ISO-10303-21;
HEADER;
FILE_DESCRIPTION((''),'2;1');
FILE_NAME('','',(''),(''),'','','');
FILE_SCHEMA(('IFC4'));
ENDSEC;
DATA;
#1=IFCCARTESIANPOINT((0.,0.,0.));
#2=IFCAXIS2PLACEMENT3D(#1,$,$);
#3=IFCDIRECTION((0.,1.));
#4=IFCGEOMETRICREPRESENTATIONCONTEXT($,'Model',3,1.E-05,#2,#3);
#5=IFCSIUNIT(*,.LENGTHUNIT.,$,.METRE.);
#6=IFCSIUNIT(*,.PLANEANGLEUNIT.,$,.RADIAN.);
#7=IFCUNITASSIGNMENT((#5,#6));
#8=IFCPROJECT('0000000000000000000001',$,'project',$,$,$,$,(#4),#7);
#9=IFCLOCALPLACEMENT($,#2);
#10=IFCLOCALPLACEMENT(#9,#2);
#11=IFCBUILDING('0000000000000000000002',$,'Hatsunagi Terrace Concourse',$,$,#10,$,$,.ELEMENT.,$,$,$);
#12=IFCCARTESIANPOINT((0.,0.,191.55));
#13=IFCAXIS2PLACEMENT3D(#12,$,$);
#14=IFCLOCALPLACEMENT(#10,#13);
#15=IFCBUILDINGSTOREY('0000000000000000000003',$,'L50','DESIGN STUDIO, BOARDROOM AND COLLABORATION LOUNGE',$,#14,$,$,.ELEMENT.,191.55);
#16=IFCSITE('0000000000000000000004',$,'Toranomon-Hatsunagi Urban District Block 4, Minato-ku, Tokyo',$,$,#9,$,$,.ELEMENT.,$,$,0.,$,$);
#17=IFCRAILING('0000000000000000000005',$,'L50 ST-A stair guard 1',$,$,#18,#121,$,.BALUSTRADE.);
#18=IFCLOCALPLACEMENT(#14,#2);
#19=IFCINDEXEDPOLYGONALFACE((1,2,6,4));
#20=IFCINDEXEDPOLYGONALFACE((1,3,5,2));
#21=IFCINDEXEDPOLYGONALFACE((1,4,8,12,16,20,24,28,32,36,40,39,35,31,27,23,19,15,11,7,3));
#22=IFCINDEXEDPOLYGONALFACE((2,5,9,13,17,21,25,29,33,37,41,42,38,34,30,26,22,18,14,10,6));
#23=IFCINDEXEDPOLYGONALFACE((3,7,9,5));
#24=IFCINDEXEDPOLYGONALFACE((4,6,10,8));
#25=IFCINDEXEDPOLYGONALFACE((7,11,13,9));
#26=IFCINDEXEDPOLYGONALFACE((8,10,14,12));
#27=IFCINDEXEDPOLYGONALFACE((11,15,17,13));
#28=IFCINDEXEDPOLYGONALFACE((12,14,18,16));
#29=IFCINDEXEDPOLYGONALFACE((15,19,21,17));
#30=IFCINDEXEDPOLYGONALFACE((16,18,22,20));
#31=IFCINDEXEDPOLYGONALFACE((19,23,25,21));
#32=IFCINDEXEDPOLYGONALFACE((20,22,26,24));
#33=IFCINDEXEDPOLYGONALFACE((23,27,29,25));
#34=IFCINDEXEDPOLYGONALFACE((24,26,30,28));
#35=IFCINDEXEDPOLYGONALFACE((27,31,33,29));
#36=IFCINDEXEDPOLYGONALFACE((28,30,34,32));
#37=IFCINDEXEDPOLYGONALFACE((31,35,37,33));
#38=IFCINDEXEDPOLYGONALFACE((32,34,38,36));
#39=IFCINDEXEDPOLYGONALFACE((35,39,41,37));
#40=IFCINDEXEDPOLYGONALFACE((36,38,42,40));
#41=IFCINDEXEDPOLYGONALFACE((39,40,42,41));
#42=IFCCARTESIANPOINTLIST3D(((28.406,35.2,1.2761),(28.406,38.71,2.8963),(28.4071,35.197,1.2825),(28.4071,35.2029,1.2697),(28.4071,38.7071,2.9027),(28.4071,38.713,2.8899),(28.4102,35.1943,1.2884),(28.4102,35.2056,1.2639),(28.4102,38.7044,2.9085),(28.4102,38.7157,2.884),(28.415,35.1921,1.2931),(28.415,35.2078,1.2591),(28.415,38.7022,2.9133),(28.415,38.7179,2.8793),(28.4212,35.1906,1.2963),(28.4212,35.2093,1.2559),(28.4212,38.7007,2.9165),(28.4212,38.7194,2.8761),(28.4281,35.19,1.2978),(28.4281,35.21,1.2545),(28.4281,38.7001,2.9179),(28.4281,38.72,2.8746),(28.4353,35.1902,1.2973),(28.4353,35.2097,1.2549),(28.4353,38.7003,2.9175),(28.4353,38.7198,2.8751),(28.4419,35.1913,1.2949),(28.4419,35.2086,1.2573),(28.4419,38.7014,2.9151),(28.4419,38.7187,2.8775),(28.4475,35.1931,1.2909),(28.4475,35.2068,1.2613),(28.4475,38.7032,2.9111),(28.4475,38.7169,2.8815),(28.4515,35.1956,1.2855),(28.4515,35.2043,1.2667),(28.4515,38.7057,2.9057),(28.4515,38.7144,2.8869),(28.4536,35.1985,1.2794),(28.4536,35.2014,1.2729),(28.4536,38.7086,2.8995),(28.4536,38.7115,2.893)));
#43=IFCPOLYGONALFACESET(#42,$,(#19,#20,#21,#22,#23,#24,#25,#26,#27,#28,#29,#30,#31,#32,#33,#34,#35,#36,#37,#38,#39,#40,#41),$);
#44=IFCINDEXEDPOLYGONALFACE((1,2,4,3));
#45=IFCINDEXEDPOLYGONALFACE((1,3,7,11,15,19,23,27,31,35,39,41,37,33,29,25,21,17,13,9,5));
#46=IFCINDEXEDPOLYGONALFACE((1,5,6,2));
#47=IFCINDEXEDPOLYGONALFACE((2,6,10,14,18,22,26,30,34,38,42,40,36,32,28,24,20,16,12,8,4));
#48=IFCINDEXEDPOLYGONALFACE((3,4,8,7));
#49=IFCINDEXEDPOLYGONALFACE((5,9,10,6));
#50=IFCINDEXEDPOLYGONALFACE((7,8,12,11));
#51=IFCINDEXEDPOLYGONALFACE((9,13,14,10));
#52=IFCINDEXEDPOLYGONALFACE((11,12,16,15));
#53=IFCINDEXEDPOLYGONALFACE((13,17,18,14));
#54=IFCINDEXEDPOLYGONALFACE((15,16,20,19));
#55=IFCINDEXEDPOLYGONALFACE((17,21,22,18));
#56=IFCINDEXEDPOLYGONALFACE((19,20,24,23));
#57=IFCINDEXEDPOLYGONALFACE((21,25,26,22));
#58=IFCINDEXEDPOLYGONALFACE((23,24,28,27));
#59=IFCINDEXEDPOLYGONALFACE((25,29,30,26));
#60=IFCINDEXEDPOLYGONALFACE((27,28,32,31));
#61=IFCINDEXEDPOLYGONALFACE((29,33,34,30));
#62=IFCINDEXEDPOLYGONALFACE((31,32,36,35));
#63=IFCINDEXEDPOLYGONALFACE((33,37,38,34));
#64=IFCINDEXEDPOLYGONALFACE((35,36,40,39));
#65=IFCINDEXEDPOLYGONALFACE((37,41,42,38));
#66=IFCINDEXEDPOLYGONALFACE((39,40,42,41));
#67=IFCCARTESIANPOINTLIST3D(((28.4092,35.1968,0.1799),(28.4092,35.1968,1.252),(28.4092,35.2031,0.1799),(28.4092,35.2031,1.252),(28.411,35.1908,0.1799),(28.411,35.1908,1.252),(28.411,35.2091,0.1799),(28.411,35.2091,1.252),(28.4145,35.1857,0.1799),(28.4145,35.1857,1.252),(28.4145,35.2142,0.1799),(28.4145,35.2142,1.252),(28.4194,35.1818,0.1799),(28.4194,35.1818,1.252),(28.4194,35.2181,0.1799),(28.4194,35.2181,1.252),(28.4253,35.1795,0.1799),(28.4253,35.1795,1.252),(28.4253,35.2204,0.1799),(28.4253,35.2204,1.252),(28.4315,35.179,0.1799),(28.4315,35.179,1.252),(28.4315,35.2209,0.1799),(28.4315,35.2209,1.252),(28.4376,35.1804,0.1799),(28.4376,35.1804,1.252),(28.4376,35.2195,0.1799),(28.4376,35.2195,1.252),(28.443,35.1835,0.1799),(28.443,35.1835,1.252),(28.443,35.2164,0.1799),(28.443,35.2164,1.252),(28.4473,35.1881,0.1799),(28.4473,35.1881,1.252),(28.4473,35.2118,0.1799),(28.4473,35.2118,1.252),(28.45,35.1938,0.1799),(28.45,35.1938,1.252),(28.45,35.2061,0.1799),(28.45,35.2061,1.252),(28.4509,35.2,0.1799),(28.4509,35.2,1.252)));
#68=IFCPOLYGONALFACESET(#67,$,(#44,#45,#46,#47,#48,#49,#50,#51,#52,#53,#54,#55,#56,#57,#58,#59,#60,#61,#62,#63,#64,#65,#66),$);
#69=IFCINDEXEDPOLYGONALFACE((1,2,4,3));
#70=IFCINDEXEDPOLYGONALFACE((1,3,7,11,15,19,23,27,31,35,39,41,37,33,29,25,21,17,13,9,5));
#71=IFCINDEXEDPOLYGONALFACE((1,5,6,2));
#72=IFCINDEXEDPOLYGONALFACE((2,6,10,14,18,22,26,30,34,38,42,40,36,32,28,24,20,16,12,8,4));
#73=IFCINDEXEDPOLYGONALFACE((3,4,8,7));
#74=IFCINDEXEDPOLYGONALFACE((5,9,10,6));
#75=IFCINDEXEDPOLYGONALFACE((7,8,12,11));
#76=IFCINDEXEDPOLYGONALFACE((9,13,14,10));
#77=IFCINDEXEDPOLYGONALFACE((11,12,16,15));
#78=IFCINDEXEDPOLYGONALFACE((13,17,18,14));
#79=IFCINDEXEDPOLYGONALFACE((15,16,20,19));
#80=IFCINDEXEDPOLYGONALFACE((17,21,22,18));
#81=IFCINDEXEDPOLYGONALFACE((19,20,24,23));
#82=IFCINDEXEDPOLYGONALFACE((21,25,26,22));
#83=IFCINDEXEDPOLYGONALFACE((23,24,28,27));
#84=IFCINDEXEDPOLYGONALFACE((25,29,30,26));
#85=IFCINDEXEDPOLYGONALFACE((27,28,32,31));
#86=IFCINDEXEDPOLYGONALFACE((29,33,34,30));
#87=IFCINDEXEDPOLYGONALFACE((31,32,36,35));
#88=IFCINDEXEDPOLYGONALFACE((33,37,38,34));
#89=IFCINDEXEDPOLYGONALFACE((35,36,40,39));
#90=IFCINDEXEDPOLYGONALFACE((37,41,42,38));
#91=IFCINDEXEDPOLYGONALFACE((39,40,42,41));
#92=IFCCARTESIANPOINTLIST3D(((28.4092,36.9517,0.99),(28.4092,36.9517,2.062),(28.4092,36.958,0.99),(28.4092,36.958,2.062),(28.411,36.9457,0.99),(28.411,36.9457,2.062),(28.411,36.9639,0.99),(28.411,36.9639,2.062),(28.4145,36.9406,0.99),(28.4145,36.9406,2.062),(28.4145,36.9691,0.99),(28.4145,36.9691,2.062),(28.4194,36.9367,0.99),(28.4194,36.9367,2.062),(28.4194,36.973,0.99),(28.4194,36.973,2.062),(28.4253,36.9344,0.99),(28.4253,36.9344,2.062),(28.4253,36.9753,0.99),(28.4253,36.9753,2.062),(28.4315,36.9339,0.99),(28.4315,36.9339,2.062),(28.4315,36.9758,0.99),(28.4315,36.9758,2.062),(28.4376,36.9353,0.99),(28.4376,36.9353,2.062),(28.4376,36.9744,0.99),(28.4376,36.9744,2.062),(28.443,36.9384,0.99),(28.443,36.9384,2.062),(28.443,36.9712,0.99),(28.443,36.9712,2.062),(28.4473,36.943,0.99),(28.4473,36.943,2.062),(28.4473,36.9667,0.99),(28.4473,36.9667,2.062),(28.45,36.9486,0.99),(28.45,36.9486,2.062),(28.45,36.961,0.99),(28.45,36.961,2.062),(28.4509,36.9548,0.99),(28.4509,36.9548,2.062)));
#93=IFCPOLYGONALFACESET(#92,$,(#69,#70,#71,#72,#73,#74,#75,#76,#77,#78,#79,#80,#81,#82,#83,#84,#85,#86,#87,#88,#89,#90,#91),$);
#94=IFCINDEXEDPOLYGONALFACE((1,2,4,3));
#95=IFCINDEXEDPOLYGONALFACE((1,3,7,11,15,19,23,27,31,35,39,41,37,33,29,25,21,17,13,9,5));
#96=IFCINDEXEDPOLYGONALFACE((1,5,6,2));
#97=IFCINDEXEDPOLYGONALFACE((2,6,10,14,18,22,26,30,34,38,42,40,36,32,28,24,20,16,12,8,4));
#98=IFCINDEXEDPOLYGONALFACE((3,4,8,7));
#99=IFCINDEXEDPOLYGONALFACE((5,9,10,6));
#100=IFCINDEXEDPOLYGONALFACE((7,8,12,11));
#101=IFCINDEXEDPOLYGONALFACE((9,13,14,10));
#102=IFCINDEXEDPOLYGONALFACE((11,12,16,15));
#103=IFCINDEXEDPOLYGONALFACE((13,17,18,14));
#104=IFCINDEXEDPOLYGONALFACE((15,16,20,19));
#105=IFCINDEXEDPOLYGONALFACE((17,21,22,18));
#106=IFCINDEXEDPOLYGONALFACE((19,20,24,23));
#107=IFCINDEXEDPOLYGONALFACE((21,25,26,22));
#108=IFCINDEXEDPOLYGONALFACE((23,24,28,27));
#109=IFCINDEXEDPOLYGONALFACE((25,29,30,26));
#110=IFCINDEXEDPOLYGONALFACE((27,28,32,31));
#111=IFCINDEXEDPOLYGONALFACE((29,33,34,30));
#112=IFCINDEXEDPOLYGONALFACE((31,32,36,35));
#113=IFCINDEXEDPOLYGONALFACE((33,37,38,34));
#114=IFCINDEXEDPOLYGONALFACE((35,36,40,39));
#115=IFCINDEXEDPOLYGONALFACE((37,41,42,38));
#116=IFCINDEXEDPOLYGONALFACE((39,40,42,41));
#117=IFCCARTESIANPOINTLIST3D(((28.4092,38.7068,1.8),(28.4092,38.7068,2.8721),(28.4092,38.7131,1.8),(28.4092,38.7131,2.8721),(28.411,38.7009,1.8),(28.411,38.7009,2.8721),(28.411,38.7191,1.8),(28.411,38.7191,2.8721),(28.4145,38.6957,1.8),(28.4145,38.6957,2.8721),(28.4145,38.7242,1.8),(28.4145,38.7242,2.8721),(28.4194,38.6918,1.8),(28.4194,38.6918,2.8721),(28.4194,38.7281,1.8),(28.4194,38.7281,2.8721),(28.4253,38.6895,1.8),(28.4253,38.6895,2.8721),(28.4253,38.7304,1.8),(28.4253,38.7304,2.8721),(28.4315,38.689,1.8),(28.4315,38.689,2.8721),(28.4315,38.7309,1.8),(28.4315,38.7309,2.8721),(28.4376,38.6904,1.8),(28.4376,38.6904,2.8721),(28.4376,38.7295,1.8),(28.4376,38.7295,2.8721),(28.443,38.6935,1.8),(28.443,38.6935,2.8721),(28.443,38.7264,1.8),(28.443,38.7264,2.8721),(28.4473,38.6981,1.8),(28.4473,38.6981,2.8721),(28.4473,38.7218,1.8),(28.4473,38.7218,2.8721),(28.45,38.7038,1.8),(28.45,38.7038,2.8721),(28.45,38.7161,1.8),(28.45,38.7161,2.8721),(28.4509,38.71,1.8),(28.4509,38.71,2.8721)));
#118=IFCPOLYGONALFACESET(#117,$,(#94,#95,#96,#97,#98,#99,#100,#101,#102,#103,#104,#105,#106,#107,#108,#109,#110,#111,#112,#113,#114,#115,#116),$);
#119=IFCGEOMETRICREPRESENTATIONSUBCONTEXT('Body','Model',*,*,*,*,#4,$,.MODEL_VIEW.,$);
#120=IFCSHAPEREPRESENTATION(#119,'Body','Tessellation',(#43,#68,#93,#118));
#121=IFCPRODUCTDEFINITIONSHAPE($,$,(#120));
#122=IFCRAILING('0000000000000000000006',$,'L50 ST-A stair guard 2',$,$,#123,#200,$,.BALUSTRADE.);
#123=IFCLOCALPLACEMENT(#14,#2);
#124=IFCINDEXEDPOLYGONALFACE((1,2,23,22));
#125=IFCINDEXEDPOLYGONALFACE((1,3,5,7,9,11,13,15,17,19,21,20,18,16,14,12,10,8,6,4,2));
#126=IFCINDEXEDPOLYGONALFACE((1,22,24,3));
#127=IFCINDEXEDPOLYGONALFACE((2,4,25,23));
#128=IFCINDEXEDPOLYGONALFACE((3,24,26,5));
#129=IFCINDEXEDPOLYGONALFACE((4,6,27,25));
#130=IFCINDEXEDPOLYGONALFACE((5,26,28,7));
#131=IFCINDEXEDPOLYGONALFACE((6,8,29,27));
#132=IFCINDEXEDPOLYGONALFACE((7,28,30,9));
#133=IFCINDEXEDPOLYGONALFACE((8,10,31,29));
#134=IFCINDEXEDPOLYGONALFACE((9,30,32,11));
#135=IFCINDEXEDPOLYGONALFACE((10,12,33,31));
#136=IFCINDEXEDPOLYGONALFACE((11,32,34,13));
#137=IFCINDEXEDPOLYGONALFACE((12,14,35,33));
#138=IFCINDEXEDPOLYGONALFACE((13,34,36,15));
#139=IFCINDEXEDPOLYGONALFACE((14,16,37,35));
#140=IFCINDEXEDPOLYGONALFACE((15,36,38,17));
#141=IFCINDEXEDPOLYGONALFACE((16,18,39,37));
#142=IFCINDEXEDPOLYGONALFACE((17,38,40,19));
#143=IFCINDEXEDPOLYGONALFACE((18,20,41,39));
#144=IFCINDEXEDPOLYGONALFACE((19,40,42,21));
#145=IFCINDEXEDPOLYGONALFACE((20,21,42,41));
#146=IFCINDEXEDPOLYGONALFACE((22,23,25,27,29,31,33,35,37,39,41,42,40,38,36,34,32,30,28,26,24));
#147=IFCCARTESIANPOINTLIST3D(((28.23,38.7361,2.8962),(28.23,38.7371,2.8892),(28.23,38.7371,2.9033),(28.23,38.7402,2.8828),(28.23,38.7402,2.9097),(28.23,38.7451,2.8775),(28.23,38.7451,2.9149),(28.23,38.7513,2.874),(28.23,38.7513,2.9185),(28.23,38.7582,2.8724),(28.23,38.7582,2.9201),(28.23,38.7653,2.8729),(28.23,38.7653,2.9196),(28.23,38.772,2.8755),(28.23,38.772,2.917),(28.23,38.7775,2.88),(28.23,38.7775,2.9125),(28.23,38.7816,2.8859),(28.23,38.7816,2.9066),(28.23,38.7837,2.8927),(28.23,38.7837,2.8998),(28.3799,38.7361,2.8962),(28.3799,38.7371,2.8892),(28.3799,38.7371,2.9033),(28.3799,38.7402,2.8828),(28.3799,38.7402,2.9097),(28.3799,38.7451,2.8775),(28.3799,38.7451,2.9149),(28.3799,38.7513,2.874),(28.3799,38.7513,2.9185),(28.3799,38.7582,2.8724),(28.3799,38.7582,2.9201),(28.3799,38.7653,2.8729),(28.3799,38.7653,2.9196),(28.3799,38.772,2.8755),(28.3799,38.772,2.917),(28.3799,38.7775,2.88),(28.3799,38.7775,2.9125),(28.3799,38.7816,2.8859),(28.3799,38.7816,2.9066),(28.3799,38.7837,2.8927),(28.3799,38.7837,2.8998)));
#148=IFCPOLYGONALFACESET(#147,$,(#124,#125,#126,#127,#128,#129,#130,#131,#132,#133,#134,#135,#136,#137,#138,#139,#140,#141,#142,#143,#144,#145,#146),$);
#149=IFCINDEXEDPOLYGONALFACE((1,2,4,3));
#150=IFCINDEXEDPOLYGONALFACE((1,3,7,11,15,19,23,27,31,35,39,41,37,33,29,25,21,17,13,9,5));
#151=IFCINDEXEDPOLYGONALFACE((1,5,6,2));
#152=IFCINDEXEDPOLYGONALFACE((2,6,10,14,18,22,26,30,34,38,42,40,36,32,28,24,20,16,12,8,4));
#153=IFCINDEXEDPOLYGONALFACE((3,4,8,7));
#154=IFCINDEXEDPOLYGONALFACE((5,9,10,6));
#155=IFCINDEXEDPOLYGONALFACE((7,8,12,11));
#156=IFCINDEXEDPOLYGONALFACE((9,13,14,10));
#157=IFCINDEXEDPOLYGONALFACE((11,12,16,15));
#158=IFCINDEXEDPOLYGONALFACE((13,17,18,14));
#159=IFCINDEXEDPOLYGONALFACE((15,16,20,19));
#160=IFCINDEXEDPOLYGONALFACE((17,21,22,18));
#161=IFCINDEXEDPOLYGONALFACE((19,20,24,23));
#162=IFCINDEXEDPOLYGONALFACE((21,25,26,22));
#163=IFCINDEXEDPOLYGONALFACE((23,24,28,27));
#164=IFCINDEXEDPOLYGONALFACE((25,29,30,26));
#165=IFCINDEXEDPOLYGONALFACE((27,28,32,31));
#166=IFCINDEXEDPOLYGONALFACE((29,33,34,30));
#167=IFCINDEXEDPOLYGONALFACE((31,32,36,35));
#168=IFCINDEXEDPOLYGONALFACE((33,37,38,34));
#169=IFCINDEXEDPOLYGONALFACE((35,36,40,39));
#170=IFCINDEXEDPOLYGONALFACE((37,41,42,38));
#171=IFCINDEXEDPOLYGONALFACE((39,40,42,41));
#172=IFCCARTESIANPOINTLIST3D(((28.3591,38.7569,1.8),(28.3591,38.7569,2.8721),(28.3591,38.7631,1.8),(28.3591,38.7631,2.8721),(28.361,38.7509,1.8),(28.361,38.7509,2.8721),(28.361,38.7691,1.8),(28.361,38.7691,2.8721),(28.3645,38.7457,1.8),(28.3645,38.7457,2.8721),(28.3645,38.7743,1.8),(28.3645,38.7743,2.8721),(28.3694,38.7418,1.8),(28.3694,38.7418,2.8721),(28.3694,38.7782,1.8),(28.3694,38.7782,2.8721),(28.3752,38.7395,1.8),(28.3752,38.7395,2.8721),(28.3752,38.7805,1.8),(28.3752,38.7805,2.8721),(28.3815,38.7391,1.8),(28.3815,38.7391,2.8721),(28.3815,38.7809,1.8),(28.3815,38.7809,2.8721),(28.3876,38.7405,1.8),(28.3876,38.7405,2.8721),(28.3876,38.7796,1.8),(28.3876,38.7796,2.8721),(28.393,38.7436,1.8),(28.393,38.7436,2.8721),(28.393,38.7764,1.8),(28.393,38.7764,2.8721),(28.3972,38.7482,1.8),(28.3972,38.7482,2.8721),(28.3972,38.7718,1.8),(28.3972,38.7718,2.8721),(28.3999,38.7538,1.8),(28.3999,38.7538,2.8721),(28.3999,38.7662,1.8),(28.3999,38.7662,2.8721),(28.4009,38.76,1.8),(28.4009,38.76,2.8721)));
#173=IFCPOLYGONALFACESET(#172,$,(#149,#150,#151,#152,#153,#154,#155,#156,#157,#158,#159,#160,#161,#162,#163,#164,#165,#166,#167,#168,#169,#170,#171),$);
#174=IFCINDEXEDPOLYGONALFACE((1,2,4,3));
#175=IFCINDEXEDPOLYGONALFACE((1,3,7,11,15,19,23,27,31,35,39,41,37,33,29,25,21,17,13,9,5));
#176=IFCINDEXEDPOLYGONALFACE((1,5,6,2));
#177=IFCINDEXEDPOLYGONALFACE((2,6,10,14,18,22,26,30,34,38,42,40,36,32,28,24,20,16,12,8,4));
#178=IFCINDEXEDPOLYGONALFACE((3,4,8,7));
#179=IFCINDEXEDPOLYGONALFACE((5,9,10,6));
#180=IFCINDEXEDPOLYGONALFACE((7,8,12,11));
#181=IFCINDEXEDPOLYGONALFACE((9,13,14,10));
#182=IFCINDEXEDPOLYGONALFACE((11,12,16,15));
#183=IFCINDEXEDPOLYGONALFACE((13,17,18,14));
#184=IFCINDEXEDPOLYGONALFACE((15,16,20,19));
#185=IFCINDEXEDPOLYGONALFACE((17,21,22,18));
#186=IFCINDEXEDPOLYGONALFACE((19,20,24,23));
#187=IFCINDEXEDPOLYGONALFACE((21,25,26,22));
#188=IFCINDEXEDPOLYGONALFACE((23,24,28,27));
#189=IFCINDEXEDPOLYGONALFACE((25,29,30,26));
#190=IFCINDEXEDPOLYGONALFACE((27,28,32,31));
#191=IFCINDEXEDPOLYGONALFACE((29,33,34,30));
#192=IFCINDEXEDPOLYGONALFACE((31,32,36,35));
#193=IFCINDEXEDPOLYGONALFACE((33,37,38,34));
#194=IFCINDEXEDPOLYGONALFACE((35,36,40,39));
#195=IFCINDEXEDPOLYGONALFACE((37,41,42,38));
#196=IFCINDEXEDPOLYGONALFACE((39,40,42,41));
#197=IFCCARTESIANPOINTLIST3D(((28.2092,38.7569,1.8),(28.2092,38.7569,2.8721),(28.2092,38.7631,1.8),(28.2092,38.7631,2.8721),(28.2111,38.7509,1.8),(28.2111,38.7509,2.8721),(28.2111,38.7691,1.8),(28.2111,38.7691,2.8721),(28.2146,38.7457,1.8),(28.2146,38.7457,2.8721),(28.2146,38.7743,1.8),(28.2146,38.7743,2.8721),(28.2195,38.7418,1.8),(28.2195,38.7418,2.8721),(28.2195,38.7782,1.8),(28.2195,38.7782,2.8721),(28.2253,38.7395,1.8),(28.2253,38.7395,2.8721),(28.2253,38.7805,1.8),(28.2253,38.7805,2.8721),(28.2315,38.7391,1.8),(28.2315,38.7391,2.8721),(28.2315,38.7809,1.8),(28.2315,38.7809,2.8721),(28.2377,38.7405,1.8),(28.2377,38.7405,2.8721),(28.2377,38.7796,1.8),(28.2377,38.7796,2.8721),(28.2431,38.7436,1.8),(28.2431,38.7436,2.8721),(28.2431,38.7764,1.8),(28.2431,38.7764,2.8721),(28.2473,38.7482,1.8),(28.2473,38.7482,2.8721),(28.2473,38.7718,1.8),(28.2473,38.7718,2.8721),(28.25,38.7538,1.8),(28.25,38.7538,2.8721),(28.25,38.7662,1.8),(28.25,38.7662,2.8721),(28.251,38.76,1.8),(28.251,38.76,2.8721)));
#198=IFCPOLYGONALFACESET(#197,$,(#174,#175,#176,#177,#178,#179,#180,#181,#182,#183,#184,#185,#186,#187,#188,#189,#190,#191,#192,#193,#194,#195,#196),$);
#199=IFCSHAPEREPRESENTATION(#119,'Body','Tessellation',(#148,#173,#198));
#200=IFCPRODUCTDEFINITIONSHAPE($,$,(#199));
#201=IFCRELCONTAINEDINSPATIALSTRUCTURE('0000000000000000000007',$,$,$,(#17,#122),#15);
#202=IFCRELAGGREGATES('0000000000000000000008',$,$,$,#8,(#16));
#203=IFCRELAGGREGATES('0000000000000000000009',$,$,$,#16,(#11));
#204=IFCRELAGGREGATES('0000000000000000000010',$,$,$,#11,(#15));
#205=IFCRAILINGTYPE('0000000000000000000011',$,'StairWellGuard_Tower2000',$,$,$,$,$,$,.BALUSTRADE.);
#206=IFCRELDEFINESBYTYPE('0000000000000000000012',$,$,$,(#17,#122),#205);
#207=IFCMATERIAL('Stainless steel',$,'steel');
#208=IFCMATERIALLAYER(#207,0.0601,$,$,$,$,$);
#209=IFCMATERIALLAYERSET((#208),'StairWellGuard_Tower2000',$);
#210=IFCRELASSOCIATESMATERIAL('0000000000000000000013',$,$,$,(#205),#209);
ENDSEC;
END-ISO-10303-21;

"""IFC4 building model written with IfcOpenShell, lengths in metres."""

from ifc_helpers import new_model, si_unit, direction, frame, origin, origin_2d, place, context, subcontext, project, spatial, circle, extrude, material, layer, layer_set, type_object, element, save


model = new_model("IFC4")

# Units and contexts
model_context = context("Model", 3, precision=1e-05, world=origin(), true_north=direction((0.0, 1.0)))
body_context = subcontext(model_context, "Body", "Model", "MODEL_VIEW")
ifc_project = project(units=[si_unit("LENGTHUNIT", "METRE"), si_unit("PLANEANGLEUNIT", "RADIAN")], contexts=[model_context])

# Site, building, storey
site_placement = place(None, origin())
site = spatial("IfcSite", under=ifc_project, at=site_placement, Name="Toranomon-Hatsunagi Urban District Block 4, Minato-ku, Tokyo", CompositionType="ELEMENT", RefElevation=0.0)
building_placement = place(site_placement, origin())
building = spatial("IfcBuilding", under=site, at=building_placement, Name="Hatsunagi Terrace Concourse", CompositionType="ELEMENT")
storey_placement = place(building_placement, frame((0.0, 0.0, 191.55)))
storey = spatial("IfcBuildingStorey", under=building, at=storey_placement, Name="L50", Description="DESIGN STUDIO, BOARDROOM AND COLLABORATION LOUNGE", CompositionType="ELEMENT", Elevation=191.55)

# Railings
ifc_material_1 = material(Name="Stainless steel", Category="steel")
ifc_layer_1 = layer(ifc_material_1, 0.0601)
ifc_layer_set_1 = layer_set([ifc_layer_1], Name="StairWellGuard_Tower2000")
railing_type_1 = type_object("IfcRailingType", Name="StairWellGuard_Tower2000", PredefinedType="BALUSTRADE", material=ifc_layer_set_1)
railing_1_placement = place(storey_placement, frame((28.4299, 35.2, 0.1799)))
element("IfcRailing", 1, at=railing_1_placement, inside=storey, type_object=railing_type_1, Name="L50 ST-A stair guard 1", PredefinedType="BALUSTRADE", context=body_context, shape_type="SweptSolid", body=[
    extrude(circle(Radius=0.0239, at=origin_2d()), frame((0.0, 0.0, 1.0962), z_axis=(0.0, 0.907948, 0.419082), x_axis=(-1.0, 0.0, 0.0)), (0.0, 0.0, 1.0), 3.866),
    extrude(circle(Radius=0.021, at=origin_2d()), origin(), (0.0, 0.0, 1.0), 1.072),
    extrude(circle(Radius=0.021, at=origin_2d()), frame((0.0, 1.7549, 0.8101)), (0.0, 0.0, 1.0), 1.072),
    extrude(circle(Radius=0.021, at=origin_2d()), frame((0.0, 3.51, 1.6201)), (0.0, 0.0, 1.0), 1.072),
])
railing_2_placement = place(storey_placement, frame((28.3799, 38.76, 1.8)))
element("IfcRailing", 2, at=railing_2_placement, inside=storey, type_object=railing_type_1, Name="L50 ST-A stair guard 2", PredefinedType="BALUSTRADE", context=body_context, shape_type="SweptSolid", body=[
    extrude(circle(Radius=0.0239, at=origin_2d()), frame((0.0, 0.0, 1.0962), z_axis=(-1.0, 0.0, 0.0), x_axis=(0.0, -1.0, 0.0)), (0.0, 0.0, 1.0), 0.1499),
    extrude(circle(Radius=0.021, at=origin_2d()), origin(), (0.0, 0.0, 1.0), 1.072),
    extrude(circle(Radius=0.021, at=origin_2d()), frame((-0.1499, 0.0, 0.0)), (0.0, 0.0, 1.0), 1.072),
])

save(model, "model.ifc")
